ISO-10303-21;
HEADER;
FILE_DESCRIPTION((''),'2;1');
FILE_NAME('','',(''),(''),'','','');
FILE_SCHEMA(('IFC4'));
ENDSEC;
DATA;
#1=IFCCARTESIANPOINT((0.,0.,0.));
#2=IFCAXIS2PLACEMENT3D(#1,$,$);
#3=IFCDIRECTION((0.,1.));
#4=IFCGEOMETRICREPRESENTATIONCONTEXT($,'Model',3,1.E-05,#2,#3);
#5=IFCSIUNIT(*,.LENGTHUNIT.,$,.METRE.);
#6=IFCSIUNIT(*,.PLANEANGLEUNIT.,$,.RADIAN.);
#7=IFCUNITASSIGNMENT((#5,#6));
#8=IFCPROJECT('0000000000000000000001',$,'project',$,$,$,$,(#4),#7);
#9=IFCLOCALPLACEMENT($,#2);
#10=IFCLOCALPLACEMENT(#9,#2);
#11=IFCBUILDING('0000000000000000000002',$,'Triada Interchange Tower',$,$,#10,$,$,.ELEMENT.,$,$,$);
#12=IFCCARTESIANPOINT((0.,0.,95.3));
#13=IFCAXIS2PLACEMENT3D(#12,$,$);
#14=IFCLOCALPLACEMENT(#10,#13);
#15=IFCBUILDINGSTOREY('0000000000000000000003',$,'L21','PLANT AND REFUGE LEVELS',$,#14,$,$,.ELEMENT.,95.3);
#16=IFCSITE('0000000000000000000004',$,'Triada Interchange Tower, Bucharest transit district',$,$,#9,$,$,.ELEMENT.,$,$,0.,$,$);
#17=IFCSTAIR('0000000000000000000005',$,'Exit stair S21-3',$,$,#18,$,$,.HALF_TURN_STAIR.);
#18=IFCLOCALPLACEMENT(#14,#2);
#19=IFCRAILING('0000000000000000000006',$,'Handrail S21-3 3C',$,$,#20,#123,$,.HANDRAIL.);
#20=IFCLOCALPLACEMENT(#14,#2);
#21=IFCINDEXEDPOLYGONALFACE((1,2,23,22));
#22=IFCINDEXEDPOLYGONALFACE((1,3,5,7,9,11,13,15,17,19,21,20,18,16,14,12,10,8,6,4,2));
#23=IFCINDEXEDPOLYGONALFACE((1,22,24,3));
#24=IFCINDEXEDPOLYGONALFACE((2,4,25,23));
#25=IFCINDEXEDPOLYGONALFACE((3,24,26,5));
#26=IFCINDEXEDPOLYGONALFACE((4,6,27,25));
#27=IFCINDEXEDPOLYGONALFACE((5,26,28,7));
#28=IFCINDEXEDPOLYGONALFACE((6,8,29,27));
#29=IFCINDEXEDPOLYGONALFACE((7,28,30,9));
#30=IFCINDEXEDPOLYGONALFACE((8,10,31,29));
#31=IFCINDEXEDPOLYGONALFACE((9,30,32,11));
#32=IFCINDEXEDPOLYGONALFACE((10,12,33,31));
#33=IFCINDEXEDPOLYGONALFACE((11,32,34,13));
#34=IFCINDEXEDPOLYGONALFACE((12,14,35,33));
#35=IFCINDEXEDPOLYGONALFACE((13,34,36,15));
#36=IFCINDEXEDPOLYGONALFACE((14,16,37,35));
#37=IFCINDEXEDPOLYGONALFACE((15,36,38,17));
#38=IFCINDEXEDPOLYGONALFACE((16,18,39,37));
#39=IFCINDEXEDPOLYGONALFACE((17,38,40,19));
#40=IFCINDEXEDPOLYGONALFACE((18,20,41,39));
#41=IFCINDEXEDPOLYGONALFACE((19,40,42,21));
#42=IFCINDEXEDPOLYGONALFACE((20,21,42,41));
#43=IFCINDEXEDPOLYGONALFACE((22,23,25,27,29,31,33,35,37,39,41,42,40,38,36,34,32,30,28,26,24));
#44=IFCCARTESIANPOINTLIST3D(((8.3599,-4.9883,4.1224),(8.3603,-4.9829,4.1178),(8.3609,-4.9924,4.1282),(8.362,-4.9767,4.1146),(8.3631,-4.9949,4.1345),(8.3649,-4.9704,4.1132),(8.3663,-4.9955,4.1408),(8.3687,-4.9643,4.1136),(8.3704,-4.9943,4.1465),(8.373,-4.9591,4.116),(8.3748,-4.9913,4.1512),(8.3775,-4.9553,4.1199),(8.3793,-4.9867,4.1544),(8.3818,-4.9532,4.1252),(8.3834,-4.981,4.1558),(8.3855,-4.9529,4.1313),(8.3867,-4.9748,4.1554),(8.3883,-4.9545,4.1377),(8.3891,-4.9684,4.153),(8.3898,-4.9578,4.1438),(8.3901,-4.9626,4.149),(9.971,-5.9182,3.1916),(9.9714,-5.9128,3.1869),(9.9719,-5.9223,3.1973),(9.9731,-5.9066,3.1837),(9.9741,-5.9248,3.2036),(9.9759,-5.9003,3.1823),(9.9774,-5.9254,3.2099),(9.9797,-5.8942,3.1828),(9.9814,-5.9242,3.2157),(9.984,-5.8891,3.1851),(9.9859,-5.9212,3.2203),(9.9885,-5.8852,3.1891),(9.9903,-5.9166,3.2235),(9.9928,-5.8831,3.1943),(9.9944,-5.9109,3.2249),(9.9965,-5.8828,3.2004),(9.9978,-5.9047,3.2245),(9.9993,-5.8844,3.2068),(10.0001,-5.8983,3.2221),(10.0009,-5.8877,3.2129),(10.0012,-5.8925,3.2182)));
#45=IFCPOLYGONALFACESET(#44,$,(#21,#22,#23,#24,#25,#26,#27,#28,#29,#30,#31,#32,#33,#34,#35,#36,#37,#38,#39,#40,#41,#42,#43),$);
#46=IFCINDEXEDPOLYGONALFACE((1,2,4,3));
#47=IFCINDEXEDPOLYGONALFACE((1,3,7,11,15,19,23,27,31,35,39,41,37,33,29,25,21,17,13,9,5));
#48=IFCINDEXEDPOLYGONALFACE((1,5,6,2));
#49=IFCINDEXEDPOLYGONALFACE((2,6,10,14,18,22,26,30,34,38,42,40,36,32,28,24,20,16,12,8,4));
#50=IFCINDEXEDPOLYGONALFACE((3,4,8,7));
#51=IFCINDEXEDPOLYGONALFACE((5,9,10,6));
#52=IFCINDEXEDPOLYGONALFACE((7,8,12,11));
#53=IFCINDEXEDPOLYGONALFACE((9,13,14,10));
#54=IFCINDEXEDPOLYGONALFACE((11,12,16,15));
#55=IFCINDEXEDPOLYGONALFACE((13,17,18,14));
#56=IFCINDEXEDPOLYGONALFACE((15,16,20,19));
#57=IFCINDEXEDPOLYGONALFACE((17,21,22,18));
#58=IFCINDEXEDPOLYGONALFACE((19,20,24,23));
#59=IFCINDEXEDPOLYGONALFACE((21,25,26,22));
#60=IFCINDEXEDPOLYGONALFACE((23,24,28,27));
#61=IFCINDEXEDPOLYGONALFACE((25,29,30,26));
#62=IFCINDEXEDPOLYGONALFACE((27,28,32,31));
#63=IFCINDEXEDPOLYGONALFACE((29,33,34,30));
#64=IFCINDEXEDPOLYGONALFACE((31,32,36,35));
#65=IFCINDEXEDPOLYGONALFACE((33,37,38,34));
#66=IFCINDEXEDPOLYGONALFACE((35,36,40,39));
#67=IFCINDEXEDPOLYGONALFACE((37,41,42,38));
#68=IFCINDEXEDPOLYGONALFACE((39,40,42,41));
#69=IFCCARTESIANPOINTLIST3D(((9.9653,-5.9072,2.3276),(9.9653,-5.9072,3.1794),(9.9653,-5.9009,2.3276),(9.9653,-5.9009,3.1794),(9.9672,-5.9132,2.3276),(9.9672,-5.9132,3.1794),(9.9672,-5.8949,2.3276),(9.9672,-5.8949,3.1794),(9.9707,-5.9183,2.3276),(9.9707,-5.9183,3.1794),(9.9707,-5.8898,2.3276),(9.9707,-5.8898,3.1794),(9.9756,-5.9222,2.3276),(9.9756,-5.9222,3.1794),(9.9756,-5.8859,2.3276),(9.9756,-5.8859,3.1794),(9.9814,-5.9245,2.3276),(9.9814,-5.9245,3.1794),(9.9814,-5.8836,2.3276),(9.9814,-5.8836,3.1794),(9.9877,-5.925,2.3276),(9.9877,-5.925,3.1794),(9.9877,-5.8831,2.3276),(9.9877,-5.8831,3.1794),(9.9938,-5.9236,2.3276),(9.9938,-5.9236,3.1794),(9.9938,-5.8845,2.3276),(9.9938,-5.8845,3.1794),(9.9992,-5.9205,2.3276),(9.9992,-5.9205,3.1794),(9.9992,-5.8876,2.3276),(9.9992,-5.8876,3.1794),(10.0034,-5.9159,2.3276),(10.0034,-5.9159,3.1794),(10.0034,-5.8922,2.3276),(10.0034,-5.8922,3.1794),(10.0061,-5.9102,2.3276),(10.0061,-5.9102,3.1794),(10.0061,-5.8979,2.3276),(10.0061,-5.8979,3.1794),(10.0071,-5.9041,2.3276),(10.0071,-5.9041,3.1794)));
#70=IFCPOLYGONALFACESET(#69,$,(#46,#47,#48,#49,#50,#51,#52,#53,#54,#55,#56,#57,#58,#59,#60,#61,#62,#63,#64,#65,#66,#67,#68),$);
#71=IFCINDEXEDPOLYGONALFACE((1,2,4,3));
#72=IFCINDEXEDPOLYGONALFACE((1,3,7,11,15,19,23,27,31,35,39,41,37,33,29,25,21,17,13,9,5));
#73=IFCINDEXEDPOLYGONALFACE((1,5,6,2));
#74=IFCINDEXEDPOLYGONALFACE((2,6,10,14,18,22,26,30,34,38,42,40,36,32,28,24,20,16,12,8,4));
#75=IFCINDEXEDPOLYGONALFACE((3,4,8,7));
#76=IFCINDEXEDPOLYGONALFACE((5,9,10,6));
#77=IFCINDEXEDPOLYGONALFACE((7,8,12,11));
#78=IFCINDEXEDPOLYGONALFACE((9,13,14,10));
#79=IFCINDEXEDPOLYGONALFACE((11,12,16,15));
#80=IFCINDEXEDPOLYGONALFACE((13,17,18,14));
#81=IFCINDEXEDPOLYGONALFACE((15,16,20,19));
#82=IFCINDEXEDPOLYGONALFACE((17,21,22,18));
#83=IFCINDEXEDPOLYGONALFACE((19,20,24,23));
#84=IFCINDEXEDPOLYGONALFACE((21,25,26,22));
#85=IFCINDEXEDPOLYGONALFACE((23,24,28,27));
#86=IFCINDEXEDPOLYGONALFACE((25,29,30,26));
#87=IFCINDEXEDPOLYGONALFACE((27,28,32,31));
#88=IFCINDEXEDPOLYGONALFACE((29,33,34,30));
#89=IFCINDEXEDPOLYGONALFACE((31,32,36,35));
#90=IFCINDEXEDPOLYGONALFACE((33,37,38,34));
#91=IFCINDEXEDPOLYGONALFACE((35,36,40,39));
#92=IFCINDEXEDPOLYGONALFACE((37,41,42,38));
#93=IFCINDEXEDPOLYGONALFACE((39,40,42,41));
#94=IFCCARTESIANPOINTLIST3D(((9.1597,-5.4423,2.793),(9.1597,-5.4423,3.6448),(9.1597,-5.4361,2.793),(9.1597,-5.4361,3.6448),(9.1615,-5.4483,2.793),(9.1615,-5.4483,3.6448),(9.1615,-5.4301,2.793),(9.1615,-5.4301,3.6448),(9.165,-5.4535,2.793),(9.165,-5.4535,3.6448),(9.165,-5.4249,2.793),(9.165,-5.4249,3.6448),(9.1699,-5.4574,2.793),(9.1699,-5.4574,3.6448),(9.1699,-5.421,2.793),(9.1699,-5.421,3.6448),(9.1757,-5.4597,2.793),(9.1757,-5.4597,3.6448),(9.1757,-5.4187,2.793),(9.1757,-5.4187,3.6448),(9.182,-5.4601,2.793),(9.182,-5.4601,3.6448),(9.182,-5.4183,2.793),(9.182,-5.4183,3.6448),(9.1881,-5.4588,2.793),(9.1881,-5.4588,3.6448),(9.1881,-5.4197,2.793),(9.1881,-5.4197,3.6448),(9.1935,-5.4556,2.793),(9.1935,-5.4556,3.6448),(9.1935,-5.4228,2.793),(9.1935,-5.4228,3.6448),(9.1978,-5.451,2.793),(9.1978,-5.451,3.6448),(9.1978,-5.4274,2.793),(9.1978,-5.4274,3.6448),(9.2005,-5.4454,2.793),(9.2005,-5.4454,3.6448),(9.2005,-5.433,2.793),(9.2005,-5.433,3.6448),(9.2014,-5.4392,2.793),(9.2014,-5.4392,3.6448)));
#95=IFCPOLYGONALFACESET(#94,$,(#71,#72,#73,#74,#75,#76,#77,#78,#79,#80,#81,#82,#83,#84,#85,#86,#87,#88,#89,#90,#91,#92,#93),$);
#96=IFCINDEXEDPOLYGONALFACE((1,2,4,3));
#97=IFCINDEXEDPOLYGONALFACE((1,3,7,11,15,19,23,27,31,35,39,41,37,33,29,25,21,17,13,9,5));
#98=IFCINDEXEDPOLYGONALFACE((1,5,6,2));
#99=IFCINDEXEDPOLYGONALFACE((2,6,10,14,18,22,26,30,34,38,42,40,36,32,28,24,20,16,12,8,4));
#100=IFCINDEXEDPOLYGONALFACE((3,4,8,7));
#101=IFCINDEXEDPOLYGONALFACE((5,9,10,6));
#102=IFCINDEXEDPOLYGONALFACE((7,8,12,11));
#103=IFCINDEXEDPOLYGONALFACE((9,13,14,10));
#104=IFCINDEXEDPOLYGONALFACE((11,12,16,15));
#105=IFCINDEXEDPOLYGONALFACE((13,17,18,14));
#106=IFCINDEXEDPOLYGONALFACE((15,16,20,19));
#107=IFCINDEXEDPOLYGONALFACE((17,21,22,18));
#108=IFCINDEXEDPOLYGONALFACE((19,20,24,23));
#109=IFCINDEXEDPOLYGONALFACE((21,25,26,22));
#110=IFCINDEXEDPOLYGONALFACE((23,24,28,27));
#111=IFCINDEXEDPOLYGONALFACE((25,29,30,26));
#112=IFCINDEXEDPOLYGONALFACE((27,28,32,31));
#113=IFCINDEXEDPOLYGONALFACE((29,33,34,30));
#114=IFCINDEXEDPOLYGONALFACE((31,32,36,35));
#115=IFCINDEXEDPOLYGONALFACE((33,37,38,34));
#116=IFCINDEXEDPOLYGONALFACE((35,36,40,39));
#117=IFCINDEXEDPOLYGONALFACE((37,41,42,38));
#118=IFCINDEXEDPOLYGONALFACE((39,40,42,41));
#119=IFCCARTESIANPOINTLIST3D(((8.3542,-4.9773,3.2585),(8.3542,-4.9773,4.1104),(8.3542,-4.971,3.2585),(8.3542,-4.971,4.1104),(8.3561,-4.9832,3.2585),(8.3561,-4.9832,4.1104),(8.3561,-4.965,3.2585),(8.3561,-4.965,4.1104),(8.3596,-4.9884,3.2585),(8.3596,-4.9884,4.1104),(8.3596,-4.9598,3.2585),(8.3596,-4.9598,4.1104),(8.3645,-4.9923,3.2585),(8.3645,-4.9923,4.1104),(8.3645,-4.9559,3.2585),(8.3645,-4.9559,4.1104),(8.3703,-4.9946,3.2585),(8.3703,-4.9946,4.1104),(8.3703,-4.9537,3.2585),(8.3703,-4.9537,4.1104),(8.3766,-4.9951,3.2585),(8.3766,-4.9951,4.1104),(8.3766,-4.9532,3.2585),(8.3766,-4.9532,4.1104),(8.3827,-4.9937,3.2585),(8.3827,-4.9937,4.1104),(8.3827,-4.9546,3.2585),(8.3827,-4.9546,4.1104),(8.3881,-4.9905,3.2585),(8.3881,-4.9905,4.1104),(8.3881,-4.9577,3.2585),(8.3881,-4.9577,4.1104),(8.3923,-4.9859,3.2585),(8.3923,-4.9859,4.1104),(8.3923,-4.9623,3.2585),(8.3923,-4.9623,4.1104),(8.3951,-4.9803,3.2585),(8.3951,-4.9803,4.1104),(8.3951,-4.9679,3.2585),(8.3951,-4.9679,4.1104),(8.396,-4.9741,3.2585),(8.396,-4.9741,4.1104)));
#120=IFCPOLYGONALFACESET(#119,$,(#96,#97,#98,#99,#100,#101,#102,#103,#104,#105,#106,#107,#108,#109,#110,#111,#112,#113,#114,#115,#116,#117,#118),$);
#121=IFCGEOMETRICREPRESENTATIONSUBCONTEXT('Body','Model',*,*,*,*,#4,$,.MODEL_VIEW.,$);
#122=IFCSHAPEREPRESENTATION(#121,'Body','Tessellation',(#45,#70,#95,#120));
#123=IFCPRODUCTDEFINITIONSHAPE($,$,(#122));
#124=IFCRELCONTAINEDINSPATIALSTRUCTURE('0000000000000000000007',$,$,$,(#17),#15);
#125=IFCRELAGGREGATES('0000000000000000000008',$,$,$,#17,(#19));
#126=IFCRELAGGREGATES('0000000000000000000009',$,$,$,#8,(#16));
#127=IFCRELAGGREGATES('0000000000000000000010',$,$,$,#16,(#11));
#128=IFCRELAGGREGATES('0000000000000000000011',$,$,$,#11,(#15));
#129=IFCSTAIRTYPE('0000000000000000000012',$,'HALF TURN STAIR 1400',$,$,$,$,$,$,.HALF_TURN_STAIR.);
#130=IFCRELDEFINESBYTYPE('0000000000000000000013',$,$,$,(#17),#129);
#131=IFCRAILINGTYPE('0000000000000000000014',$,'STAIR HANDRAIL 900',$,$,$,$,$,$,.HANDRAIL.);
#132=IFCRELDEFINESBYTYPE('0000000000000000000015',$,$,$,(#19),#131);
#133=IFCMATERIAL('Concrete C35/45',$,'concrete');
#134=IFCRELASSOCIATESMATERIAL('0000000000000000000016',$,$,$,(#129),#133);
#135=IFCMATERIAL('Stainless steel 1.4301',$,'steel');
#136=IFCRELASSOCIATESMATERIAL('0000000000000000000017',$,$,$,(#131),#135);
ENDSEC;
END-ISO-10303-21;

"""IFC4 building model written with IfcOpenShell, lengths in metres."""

from ifc_helpers import new_model, si_unit, direction, frame, origin, origin_2d, place, context, subcontext, project, spatial, circle, extrude, material, type_object, element, aggregate, save


model = new_model("IFC4")

# Units and contexts
model_context = context("Model", 3, precision=1e-05, world=origin(), true_north=direction((0.0, 1.0)))
body_context = subcontext(model_context, "Body", "Model", "MODEL_VIEW")
ifc_project = project(units=[si_unit("LENGTHUNIT", "METRE"), si_unit("PLANEANGLEUNIT", "RADIAN")], contexts=[model_context])

# Site, building, storey
site_placement = place(None, origin())
site = spatial("IfcSite", under=ifc_project, at=site_placement, Name="Triada Interchange Tower, Bucharest transit district", CompositionType="ELEMENT", RefElevation=0.0)
building_placement = place(site_placement, origin())
building = spatial("IfcBuilding", under=site, at=building_placement, Name="Triada Interchange Tower", CompositionType="ELEMENT")
storey_placement = place(building_placement, frame((0.0, 0.0, 95.3)))
storey = spatial("IfcBuildingStorey", under=building, at=storey_placement, Name="L21", Description="PLANT AND REFUGE LEVELS", CompositionType="ELEMENT", Elevation=95.3)

# Shared definitions
ifc_material_1 = material(Name="Concrete C35/45", Category="concrete")

# Stair, railing
stair_type = type_object("IfcStairType", Name="HALF TURN STAIR 1400", PredefinedType="HALF_TURN_STAIR", material=ifc_material_1)
stair_placement = place(storey_placement, origin())
stair = element("IfcStair", 1, at=stair_placement, inside=storey, type_object=stair_type, Name="Exit stair S21-3", PredefinedType="HALF_TURN_STAIR")
ifc_material_2 = material(Name="Stainless steel 1.4301", Category="steel")
railing_type_1 = type_object("IfcRailingType", Name="STAIR HANDRAIL 900", PredefinedType="HANDRAIL", material=ifc_material_2)
railing_1_placement = place(storey_placement, frame((9.9861, -5.9041, 2.3276)))
railing_1 = element("IfcRailing", 2, at=railing_1_placement, type_object=railing_type_1, Name="Handrail S21-3 3C", PredefinedType="HANDRAIL", context=body_context, shape_type="SweptSolid", body=[
    extrude(circle(Radius=0.0239, at=origin_2d()), frame((0.0, 0.0, 0.876), z_axis=(-0.77451, 0.447054, 0.447523), x_axis=(-0.499908, -0.866079, 0.0)), (0.0, 0.0, 1.0), 2.0801),
    extrude(circle(Radius=0.021, at=origin_2d()), origin(), (0.0, 0.0, 1.0), 0.8518),
    extrude(circle(Radius=0.021, at=origin_2d()), frame((-0.8057, 0.4648, 0.4653)), (0.0, 0.0, 1.0), 0.8518),
    extrude(circle(Radius=0.021, at=origin_2d()), frame((-1.6111, 0.9299, 0.9309)), (0.0, 0.0, 1.0), 0.8518),
])
aggregate(stair, [railing_1])

save(model, "model.ifc")
